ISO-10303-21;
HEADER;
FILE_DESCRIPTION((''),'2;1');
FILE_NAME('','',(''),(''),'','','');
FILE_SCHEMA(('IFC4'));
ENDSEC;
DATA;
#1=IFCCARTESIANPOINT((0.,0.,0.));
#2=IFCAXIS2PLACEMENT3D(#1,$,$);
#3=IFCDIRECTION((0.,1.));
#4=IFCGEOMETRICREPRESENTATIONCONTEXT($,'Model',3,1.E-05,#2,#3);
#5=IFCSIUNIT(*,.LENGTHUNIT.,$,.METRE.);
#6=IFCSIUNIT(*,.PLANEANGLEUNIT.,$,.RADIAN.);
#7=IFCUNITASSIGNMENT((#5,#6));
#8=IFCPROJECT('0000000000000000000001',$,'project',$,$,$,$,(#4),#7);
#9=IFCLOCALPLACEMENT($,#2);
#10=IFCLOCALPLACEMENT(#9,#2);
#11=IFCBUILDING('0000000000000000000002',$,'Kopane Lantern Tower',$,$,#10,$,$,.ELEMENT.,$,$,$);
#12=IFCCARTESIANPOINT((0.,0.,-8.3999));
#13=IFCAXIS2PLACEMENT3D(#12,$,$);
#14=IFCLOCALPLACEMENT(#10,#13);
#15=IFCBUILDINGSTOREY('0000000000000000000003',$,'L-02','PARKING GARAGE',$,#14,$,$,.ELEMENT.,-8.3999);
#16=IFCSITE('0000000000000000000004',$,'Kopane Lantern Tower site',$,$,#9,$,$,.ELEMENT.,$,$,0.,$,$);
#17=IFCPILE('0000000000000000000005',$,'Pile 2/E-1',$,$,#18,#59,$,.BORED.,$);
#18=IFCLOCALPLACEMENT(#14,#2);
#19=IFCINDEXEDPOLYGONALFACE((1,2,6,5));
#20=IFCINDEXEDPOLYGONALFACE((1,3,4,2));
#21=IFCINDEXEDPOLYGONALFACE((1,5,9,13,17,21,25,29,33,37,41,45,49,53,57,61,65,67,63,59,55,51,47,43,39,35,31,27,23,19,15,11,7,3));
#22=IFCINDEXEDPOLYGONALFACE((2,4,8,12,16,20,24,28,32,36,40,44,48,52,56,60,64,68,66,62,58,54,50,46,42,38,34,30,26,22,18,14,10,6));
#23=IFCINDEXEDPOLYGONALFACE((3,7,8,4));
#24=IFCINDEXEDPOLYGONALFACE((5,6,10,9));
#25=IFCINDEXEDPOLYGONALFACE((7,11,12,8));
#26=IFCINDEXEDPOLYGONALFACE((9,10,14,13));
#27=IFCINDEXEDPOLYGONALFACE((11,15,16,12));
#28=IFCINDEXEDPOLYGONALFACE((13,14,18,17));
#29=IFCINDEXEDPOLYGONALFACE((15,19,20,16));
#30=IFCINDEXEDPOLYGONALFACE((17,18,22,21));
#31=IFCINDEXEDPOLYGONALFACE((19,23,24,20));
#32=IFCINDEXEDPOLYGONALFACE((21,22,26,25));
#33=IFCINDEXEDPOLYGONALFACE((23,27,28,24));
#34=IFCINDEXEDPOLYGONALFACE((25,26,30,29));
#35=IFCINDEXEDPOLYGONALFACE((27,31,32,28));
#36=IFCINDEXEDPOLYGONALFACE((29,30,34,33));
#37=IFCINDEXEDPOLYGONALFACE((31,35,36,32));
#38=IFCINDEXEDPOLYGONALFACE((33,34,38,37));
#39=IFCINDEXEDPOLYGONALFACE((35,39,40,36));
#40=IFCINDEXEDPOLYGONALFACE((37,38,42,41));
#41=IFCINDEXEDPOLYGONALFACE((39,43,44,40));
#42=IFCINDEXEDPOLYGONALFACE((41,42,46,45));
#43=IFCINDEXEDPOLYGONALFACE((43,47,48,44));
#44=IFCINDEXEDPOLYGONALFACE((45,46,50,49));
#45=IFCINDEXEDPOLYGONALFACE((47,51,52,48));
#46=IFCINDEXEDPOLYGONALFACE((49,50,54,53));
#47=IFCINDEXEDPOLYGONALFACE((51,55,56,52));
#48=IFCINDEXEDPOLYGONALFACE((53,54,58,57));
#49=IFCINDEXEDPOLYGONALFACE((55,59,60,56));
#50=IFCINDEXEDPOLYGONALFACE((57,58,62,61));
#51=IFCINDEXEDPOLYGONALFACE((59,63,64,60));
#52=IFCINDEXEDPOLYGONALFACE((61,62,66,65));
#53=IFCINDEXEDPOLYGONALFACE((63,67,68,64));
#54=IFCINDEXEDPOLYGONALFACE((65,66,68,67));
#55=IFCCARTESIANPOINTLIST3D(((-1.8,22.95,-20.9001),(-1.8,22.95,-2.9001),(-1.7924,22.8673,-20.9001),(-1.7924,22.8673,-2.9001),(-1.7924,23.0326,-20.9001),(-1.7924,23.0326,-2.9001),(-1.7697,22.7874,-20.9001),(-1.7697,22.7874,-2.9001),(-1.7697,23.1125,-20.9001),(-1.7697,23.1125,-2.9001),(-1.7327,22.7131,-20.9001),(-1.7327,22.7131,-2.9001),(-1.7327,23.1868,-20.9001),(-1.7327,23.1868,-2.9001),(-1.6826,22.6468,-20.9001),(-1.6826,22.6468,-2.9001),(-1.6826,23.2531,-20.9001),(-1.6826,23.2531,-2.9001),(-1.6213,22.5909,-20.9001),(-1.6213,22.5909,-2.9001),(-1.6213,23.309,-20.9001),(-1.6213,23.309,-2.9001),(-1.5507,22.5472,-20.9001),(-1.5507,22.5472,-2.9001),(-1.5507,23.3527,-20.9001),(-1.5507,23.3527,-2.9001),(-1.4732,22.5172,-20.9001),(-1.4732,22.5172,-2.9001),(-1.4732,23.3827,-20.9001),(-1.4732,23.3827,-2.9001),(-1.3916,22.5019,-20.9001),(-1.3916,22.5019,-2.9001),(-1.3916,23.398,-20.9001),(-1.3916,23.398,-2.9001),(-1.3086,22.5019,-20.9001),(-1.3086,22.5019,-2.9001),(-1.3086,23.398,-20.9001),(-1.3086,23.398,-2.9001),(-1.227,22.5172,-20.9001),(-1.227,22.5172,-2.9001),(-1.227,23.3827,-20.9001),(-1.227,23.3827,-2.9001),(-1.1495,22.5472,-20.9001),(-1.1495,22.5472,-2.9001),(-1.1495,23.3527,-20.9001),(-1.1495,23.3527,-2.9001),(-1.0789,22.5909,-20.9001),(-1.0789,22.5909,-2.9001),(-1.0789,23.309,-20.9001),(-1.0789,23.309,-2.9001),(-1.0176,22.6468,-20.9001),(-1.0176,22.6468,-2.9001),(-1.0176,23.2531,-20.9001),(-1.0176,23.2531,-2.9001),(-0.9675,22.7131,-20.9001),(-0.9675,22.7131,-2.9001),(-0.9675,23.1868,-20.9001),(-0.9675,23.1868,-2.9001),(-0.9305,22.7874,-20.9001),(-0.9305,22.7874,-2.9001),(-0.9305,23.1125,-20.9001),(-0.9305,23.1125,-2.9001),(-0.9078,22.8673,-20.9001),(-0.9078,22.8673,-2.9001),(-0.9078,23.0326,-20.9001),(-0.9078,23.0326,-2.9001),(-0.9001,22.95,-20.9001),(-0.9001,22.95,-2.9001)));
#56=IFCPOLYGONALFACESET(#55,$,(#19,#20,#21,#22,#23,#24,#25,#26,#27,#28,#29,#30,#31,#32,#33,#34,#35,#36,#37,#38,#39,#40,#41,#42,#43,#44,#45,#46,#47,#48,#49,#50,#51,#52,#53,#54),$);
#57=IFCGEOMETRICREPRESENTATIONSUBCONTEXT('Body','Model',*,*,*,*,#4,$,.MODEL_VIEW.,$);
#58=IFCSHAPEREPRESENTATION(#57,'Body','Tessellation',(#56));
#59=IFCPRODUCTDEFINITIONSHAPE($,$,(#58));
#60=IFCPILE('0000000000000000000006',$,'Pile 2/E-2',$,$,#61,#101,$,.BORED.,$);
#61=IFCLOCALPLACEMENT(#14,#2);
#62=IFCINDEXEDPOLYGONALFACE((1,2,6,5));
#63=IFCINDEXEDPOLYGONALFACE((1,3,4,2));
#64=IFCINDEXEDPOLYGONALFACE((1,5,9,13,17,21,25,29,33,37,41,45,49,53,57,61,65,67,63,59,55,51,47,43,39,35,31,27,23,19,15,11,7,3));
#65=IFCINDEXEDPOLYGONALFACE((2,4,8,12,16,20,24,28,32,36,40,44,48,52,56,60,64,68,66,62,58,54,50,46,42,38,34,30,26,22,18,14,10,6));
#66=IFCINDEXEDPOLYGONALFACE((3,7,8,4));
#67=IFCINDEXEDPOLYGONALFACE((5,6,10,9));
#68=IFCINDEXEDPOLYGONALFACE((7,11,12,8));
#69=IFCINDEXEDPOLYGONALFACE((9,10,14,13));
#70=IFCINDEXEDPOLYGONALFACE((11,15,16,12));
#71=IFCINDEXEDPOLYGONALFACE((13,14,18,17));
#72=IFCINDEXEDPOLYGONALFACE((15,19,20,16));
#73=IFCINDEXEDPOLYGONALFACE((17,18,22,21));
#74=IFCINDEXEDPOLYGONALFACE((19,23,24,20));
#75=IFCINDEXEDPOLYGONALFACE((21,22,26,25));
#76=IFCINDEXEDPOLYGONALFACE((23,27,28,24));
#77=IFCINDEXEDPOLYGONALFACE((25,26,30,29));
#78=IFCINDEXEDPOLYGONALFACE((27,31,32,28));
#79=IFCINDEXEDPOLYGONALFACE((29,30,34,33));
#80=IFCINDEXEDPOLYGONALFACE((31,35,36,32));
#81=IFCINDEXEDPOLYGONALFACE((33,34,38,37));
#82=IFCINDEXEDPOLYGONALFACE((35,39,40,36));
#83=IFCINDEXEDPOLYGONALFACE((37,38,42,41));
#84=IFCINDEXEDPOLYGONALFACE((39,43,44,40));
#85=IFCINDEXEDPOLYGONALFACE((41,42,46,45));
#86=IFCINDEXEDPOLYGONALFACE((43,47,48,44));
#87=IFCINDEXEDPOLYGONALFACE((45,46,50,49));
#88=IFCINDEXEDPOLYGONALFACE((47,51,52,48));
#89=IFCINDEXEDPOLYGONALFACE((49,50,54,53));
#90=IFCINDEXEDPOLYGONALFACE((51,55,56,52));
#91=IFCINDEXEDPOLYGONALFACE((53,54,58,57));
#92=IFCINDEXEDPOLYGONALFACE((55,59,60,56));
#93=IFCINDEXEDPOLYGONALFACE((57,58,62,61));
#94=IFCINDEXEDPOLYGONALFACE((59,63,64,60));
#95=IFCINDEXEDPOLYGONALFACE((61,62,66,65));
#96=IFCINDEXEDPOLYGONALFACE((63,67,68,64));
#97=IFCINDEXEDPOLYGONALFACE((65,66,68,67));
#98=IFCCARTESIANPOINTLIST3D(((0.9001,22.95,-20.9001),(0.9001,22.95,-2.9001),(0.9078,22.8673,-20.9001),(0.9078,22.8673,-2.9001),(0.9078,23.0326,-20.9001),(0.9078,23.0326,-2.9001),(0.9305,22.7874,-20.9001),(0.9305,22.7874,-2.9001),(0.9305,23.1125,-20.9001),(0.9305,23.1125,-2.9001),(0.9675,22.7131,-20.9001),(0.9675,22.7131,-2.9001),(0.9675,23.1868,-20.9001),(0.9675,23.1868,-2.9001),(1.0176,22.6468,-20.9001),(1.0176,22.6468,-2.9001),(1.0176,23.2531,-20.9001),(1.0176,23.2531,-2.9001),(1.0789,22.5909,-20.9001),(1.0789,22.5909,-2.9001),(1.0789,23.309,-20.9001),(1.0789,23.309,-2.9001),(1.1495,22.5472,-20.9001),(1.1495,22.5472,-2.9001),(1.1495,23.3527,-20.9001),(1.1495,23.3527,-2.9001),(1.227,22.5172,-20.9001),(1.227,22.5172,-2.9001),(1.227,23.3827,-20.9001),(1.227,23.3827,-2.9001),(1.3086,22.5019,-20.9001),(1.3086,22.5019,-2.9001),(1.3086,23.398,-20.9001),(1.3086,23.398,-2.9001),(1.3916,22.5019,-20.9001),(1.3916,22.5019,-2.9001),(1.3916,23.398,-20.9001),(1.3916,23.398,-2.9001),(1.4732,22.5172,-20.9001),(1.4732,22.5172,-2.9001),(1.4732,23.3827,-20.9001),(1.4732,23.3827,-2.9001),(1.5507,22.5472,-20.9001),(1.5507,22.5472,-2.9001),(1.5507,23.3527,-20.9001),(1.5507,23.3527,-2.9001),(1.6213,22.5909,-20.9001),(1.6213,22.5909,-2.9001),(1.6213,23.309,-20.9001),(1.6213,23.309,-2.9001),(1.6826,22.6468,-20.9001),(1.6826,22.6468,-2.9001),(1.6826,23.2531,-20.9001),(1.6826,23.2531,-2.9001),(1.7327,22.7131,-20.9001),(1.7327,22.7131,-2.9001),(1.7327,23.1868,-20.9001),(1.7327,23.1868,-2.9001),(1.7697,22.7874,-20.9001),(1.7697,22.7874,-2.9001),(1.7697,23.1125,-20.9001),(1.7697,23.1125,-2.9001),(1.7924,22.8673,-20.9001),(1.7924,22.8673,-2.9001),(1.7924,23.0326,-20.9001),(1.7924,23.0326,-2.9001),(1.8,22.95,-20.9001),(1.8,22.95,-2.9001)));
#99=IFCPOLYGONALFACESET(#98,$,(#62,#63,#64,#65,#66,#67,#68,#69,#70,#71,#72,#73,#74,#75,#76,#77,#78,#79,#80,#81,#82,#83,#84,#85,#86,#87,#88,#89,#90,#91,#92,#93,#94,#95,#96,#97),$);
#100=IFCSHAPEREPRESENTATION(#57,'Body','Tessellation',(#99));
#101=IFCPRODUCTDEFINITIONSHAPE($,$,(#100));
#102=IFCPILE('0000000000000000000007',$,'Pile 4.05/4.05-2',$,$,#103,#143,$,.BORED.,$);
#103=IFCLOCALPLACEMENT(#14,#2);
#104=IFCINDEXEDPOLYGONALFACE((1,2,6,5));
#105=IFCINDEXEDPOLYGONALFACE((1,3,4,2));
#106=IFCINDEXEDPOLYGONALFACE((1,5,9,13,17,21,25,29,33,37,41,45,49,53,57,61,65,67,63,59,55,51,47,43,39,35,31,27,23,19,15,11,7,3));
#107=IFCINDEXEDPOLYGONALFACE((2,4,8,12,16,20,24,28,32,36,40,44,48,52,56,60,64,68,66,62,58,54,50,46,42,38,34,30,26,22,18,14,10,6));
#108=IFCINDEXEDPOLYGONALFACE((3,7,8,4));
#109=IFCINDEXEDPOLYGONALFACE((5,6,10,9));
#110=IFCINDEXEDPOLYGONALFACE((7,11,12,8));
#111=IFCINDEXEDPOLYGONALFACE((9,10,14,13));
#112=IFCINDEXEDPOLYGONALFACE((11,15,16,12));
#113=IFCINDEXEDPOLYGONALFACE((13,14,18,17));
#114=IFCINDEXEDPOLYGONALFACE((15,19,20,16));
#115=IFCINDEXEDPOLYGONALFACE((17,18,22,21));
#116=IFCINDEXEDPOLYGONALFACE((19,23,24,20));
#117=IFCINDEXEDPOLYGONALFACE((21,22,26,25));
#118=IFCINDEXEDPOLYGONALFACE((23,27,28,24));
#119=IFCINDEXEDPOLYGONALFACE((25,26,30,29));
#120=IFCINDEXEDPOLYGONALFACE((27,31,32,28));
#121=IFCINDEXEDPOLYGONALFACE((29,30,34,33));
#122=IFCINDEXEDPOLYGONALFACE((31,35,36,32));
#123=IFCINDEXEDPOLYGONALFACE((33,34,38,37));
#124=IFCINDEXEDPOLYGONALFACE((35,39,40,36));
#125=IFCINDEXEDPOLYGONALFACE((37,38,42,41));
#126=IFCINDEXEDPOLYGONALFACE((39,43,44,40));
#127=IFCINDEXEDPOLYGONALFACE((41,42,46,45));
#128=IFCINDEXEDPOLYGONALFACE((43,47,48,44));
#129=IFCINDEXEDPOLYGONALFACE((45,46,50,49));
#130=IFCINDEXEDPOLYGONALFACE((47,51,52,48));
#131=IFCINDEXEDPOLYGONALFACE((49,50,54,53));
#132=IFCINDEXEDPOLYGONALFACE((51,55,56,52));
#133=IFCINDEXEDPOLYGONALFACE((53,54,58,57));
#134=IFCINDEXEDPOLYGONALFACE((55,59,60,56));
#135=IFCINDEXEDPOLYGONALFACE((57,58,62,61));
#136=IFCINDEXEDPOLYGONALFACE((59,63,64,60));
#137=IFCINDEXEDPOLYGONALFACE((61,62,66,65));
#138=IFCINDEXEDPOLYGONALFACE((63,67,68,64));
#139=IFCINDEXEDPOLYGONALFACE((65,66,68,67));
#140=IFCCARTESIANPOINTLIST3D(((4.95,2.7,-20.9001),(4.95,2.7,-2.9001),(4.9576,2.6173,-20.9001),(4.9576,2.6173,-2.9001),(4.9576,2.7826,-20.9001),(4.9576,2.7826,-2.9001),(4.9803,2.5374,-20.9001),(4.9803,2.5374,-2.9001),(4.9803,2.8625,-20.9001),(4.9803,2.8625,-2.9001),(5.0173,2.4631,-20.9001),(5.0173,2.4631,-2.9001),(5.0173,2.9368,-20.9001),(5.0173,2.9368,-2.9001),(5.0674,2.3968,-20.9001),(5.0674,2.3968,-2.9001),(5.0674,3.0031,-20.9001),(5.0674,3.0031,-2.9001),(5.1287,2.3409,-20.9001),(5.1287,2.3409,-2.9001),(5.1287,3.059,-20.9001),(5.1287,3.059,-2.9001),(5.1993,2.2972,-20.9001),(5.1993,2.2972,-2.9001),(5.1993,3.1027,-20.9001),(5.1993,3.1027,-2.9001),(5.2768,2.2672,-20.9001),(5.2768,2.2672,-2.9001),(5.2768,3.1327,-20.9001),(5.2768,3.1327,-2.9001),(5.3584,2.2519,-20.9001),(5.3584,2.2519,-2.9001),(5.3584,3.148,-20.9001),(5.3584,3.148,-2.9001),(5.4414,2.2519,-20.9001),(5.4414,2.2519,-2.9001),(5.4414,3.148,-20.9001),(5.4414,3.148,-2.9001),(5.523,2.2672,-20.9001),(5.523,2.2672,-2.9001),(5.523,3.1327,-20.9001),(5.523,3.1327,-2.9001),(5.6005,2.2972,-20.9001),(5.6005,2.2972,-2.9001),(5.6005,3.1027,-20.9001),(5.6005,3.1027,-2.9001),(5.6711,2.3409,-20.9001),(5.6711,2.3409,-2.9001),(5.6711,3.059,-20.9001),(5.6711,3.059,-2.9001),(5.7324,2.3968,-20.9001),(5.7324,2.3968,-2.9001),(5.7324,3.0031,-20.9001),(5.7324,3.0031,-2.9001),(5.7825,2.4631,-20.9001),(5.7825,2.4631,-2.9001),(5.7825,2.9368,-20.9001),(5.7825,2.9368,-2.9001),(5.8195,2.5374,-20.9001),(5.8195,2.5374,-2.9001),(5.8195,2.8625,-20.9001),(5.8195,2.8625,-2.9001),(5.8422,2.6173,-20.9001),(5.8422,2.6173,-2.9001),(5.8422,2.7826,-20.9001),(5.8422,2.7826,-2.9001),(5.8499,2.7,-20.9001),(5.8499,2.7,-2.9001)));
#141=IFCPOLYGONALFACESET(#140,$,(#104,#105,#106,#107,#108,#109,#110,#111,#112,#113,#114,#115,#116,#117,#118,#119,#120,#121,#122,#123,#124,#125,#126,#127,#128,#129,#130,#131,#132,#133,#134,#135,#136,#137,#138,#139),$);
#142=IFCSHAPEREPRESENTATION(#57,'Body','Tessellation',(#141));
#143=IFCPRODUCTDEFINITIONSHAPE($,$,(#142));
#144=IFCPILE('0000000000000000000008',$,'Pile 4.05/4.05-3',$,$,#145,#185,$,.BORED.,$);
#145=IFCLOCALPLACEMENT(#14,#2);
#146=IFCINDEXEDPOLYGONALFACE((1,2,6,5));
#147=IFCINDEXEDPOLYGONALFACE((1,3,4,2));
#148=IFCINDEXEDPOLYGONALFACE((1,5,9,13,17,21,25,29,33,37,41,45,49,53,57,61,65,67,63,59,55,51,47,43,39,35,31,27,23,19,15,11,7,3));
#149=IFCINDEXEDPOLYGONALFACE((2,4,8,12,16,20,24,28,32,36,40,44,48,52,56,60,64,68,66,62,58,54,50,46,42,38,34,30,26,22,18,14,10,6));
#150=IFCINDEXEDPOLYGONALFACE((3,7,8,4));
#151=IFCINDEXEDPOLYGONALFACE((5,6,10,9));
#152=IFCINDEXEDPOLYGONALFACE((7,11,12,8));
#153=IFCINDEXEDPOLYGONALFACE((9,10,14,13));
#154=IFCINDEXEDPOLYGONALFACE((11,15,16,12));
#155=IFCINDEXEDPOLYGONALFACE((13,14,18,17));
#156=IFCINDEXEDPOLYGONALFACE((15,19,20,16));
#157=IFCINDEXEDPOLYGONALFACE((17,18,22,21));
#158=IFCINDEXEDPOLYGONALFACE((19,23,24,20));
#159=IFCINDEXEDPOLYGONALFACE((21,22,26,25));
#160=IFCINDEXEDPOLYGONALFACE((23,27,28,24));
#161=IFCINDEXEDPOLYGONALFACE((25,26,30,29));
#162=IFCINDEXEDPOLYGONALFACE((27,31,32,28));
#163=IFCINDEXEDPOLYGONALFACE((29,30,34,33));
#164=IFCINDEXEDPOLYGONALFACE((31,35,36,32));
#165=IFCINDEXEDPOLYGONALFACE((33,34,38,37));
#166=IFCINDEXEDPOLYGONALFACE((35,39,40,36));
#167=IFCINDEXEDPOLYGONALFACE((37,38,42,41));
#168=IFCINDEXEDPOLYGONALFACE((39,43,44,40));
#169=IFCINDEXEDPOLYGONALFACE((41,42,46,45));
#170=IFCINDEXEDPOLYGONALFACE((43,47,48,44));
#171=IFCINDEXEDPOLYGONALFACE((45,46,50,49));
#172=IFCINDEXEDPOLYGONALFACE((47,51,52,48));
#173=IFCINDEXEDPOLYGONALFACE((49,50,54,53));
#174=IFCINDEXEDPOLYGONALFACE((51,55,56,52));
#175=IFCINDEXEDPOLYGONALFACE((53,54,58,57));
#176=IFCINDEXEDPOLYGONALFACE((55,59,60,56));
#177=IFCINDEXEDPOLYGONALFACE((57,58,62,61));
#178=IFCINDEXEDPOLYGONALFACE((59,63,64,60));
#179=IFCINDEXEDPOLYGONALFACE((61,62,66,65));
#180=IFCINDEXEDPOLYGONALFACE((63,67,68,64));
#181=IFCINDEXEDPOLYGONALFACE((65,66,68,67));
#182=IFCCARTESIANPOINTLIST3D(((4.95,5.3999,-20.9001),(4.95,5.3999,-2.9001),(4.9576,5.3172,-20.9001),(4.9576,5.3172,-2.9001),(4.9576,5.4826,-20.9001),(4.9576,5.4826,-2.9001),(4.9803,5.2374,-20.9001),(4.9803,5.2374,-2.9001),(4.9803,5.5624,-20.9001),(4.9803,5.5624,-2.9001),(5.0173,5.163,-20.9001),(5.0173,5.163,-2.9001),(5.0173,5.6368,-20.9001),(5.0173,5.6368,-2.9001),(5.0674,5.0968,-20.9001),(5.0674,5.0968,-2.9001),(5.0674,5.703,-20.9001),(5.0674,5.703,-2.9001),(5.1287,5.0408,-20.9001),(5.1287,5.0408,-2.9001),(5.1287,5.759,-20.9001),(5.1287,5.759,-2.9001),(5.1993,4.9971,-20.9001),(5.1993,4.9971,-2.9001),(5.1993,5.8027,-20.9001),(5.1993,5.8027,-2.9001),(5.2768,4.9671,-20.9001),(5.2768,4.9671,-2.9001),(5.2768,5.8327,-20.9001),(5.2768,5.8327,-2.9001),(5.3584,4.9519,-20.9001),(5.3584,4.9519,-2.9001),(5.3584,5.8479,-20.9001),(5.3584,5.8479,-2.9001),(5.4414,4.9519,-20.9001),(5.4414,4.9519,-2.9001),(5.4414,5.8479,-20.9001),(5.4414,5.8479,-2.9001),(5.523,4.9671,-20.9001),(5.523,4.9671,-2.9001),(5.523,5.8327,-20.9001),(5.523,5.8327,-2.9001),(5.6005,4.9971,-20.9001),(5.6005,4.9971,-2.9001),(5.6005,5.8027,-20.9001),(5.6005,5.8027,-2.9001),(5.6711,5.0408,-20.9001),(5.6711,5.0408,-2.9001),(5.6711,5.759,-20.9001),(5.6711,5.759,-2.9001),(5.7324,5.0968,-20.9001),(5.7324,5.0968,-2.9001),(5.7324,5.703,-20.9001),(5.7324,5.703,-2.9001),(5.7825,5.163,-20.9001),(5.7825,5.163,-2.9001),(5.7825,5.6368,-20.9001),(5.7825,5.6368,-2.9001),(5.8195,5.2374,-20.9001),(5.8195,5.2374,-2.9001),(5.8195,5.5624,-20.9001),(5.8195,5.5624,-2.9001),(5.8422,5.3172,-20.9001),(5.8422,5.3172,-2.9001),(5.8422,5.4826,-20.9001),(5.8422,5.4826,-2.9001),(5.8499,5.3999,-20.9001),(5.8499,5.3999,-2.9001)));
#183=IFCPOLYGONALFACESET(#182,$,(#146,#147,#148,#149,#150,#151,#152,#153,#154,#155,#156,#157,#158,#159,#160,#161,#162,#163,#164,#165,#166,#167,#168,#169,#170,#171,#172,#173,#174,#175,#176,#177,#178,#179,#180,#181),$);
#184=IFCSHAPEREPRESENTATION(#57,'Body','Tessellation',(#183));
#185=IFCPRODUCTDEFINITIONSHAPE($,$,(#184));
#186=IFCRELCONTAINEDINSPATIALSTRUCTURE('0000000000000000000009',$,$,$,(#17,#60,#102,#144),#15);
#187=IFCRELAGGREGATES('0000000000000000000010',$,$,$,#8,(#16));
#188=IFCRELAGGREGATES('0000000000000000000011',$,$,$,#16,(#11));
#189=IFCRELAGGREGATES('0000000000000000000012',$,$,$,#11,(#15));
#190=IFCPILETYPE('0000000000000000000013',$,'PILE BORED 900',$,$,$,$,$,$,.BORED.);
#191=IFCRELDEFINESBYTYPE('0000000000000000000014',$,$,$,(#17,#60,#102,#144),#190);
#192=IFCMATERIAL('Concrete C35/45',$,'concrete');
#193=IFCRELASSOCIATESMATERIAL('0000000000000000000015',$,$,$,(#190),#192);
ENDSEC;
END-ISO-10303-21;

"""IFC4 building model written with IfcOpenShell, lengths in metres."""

from ifc_helpers import new_model, si_unit, direction, frame, origin, origin_2d, place, context, subcontext, project, spatial, circle, extrude, material, material_profile, profile_set, type_object, element, save


model = new_model("IFC4")

# Units and contexts
model_context = context("Model", 3, precision=1e-05, world=origin(), true_north=direction((0.0, 1.0)))
body_context = subcontext(model_context, "Body", "Model", "MODEL_VIEW")
ifc_project = project(units=[si_unit("LENGTHUNIT", "METRE"), si_unit("PLANEANGLEUNIT", "RADIAN")], contexts=[model_context])

# Site, building, storey
site_placement = place(None, origin())
site = spatial("IfcSite", under=ifc_project, at=site_placement, Name="Kopane Lantern Tower site", CompositionType="ELEMENT", RefElevation=0.0)
building_placement = place(site_placement, origin())
building = spatial("IfcBuilding", under=site, at=building_placement, Name="Kopane Lantern Tower", CompositionType="ELEMENT")
storey_placement = place(building_placement, frame((0.0, 0.0, -8.3999)))
storey = spatial("IfcBuildingStorey", under=building, at=storey_placement, Name="L-02", Description="PARKING GARAGE", CompositionType="ELEMENT", Elevation=-8.3999)

# Piles
ifc_material_1 = material(Name="Concrete C35/45", Category="concrete")
ifc_material_profile_1 = material_profile(ifc_material_1, circle(Radius=0.45, at=origin_2d()), Name="D900")
ifc_profile_set_1 = profile_set([ifc_material_profile_1], Name="Concrete C35/45")
pile_type = type_object("IfcPileType", Name="PILE BORED 900", PredefinedType="BORED", material=ifc_profile_set_1)
for number, where, z_axis, x_axis, name in (
    (1, (-1.3501, 22.95, -2.9001), (0.0, 0.0, -1.0), (1.0, 0.0, 0.0), "Pile 2/E-1"),
    (2, (1.3501, 22.95, -2.9001), (0.0, 0.0, -1.0), (1.0, 0.0, 0.0), "Pile 2/E-2"),
    (3, (5.3999, 2.7, -2.9001), (0.0, 0.0, -1.0), (1.0, 0.0, 0.0), "Pile 4.05/4.05-2"),
    (4, (5.3999, 5.3999, -2.9001), (0.0, 0.0, -1.0), (1.0, 0.0, 0.0), "Pile 4.05/4.05-3"),
):
    element("IfcPile", number, at=place(storey_placement, frame(where, z_axis=z_axis, x_axis=x_axis)), inside=storey, type_object=pile_type, Name=name, PredefinedType="BORED", context=body_context, shape_type="SweptSolid", body=[
        extrude(circle(Radius=0.45, at=origin_2d()), origin(), (0.0, 0.0, 1.0), 18.0),
    ])

save(model, "model.ifc")
